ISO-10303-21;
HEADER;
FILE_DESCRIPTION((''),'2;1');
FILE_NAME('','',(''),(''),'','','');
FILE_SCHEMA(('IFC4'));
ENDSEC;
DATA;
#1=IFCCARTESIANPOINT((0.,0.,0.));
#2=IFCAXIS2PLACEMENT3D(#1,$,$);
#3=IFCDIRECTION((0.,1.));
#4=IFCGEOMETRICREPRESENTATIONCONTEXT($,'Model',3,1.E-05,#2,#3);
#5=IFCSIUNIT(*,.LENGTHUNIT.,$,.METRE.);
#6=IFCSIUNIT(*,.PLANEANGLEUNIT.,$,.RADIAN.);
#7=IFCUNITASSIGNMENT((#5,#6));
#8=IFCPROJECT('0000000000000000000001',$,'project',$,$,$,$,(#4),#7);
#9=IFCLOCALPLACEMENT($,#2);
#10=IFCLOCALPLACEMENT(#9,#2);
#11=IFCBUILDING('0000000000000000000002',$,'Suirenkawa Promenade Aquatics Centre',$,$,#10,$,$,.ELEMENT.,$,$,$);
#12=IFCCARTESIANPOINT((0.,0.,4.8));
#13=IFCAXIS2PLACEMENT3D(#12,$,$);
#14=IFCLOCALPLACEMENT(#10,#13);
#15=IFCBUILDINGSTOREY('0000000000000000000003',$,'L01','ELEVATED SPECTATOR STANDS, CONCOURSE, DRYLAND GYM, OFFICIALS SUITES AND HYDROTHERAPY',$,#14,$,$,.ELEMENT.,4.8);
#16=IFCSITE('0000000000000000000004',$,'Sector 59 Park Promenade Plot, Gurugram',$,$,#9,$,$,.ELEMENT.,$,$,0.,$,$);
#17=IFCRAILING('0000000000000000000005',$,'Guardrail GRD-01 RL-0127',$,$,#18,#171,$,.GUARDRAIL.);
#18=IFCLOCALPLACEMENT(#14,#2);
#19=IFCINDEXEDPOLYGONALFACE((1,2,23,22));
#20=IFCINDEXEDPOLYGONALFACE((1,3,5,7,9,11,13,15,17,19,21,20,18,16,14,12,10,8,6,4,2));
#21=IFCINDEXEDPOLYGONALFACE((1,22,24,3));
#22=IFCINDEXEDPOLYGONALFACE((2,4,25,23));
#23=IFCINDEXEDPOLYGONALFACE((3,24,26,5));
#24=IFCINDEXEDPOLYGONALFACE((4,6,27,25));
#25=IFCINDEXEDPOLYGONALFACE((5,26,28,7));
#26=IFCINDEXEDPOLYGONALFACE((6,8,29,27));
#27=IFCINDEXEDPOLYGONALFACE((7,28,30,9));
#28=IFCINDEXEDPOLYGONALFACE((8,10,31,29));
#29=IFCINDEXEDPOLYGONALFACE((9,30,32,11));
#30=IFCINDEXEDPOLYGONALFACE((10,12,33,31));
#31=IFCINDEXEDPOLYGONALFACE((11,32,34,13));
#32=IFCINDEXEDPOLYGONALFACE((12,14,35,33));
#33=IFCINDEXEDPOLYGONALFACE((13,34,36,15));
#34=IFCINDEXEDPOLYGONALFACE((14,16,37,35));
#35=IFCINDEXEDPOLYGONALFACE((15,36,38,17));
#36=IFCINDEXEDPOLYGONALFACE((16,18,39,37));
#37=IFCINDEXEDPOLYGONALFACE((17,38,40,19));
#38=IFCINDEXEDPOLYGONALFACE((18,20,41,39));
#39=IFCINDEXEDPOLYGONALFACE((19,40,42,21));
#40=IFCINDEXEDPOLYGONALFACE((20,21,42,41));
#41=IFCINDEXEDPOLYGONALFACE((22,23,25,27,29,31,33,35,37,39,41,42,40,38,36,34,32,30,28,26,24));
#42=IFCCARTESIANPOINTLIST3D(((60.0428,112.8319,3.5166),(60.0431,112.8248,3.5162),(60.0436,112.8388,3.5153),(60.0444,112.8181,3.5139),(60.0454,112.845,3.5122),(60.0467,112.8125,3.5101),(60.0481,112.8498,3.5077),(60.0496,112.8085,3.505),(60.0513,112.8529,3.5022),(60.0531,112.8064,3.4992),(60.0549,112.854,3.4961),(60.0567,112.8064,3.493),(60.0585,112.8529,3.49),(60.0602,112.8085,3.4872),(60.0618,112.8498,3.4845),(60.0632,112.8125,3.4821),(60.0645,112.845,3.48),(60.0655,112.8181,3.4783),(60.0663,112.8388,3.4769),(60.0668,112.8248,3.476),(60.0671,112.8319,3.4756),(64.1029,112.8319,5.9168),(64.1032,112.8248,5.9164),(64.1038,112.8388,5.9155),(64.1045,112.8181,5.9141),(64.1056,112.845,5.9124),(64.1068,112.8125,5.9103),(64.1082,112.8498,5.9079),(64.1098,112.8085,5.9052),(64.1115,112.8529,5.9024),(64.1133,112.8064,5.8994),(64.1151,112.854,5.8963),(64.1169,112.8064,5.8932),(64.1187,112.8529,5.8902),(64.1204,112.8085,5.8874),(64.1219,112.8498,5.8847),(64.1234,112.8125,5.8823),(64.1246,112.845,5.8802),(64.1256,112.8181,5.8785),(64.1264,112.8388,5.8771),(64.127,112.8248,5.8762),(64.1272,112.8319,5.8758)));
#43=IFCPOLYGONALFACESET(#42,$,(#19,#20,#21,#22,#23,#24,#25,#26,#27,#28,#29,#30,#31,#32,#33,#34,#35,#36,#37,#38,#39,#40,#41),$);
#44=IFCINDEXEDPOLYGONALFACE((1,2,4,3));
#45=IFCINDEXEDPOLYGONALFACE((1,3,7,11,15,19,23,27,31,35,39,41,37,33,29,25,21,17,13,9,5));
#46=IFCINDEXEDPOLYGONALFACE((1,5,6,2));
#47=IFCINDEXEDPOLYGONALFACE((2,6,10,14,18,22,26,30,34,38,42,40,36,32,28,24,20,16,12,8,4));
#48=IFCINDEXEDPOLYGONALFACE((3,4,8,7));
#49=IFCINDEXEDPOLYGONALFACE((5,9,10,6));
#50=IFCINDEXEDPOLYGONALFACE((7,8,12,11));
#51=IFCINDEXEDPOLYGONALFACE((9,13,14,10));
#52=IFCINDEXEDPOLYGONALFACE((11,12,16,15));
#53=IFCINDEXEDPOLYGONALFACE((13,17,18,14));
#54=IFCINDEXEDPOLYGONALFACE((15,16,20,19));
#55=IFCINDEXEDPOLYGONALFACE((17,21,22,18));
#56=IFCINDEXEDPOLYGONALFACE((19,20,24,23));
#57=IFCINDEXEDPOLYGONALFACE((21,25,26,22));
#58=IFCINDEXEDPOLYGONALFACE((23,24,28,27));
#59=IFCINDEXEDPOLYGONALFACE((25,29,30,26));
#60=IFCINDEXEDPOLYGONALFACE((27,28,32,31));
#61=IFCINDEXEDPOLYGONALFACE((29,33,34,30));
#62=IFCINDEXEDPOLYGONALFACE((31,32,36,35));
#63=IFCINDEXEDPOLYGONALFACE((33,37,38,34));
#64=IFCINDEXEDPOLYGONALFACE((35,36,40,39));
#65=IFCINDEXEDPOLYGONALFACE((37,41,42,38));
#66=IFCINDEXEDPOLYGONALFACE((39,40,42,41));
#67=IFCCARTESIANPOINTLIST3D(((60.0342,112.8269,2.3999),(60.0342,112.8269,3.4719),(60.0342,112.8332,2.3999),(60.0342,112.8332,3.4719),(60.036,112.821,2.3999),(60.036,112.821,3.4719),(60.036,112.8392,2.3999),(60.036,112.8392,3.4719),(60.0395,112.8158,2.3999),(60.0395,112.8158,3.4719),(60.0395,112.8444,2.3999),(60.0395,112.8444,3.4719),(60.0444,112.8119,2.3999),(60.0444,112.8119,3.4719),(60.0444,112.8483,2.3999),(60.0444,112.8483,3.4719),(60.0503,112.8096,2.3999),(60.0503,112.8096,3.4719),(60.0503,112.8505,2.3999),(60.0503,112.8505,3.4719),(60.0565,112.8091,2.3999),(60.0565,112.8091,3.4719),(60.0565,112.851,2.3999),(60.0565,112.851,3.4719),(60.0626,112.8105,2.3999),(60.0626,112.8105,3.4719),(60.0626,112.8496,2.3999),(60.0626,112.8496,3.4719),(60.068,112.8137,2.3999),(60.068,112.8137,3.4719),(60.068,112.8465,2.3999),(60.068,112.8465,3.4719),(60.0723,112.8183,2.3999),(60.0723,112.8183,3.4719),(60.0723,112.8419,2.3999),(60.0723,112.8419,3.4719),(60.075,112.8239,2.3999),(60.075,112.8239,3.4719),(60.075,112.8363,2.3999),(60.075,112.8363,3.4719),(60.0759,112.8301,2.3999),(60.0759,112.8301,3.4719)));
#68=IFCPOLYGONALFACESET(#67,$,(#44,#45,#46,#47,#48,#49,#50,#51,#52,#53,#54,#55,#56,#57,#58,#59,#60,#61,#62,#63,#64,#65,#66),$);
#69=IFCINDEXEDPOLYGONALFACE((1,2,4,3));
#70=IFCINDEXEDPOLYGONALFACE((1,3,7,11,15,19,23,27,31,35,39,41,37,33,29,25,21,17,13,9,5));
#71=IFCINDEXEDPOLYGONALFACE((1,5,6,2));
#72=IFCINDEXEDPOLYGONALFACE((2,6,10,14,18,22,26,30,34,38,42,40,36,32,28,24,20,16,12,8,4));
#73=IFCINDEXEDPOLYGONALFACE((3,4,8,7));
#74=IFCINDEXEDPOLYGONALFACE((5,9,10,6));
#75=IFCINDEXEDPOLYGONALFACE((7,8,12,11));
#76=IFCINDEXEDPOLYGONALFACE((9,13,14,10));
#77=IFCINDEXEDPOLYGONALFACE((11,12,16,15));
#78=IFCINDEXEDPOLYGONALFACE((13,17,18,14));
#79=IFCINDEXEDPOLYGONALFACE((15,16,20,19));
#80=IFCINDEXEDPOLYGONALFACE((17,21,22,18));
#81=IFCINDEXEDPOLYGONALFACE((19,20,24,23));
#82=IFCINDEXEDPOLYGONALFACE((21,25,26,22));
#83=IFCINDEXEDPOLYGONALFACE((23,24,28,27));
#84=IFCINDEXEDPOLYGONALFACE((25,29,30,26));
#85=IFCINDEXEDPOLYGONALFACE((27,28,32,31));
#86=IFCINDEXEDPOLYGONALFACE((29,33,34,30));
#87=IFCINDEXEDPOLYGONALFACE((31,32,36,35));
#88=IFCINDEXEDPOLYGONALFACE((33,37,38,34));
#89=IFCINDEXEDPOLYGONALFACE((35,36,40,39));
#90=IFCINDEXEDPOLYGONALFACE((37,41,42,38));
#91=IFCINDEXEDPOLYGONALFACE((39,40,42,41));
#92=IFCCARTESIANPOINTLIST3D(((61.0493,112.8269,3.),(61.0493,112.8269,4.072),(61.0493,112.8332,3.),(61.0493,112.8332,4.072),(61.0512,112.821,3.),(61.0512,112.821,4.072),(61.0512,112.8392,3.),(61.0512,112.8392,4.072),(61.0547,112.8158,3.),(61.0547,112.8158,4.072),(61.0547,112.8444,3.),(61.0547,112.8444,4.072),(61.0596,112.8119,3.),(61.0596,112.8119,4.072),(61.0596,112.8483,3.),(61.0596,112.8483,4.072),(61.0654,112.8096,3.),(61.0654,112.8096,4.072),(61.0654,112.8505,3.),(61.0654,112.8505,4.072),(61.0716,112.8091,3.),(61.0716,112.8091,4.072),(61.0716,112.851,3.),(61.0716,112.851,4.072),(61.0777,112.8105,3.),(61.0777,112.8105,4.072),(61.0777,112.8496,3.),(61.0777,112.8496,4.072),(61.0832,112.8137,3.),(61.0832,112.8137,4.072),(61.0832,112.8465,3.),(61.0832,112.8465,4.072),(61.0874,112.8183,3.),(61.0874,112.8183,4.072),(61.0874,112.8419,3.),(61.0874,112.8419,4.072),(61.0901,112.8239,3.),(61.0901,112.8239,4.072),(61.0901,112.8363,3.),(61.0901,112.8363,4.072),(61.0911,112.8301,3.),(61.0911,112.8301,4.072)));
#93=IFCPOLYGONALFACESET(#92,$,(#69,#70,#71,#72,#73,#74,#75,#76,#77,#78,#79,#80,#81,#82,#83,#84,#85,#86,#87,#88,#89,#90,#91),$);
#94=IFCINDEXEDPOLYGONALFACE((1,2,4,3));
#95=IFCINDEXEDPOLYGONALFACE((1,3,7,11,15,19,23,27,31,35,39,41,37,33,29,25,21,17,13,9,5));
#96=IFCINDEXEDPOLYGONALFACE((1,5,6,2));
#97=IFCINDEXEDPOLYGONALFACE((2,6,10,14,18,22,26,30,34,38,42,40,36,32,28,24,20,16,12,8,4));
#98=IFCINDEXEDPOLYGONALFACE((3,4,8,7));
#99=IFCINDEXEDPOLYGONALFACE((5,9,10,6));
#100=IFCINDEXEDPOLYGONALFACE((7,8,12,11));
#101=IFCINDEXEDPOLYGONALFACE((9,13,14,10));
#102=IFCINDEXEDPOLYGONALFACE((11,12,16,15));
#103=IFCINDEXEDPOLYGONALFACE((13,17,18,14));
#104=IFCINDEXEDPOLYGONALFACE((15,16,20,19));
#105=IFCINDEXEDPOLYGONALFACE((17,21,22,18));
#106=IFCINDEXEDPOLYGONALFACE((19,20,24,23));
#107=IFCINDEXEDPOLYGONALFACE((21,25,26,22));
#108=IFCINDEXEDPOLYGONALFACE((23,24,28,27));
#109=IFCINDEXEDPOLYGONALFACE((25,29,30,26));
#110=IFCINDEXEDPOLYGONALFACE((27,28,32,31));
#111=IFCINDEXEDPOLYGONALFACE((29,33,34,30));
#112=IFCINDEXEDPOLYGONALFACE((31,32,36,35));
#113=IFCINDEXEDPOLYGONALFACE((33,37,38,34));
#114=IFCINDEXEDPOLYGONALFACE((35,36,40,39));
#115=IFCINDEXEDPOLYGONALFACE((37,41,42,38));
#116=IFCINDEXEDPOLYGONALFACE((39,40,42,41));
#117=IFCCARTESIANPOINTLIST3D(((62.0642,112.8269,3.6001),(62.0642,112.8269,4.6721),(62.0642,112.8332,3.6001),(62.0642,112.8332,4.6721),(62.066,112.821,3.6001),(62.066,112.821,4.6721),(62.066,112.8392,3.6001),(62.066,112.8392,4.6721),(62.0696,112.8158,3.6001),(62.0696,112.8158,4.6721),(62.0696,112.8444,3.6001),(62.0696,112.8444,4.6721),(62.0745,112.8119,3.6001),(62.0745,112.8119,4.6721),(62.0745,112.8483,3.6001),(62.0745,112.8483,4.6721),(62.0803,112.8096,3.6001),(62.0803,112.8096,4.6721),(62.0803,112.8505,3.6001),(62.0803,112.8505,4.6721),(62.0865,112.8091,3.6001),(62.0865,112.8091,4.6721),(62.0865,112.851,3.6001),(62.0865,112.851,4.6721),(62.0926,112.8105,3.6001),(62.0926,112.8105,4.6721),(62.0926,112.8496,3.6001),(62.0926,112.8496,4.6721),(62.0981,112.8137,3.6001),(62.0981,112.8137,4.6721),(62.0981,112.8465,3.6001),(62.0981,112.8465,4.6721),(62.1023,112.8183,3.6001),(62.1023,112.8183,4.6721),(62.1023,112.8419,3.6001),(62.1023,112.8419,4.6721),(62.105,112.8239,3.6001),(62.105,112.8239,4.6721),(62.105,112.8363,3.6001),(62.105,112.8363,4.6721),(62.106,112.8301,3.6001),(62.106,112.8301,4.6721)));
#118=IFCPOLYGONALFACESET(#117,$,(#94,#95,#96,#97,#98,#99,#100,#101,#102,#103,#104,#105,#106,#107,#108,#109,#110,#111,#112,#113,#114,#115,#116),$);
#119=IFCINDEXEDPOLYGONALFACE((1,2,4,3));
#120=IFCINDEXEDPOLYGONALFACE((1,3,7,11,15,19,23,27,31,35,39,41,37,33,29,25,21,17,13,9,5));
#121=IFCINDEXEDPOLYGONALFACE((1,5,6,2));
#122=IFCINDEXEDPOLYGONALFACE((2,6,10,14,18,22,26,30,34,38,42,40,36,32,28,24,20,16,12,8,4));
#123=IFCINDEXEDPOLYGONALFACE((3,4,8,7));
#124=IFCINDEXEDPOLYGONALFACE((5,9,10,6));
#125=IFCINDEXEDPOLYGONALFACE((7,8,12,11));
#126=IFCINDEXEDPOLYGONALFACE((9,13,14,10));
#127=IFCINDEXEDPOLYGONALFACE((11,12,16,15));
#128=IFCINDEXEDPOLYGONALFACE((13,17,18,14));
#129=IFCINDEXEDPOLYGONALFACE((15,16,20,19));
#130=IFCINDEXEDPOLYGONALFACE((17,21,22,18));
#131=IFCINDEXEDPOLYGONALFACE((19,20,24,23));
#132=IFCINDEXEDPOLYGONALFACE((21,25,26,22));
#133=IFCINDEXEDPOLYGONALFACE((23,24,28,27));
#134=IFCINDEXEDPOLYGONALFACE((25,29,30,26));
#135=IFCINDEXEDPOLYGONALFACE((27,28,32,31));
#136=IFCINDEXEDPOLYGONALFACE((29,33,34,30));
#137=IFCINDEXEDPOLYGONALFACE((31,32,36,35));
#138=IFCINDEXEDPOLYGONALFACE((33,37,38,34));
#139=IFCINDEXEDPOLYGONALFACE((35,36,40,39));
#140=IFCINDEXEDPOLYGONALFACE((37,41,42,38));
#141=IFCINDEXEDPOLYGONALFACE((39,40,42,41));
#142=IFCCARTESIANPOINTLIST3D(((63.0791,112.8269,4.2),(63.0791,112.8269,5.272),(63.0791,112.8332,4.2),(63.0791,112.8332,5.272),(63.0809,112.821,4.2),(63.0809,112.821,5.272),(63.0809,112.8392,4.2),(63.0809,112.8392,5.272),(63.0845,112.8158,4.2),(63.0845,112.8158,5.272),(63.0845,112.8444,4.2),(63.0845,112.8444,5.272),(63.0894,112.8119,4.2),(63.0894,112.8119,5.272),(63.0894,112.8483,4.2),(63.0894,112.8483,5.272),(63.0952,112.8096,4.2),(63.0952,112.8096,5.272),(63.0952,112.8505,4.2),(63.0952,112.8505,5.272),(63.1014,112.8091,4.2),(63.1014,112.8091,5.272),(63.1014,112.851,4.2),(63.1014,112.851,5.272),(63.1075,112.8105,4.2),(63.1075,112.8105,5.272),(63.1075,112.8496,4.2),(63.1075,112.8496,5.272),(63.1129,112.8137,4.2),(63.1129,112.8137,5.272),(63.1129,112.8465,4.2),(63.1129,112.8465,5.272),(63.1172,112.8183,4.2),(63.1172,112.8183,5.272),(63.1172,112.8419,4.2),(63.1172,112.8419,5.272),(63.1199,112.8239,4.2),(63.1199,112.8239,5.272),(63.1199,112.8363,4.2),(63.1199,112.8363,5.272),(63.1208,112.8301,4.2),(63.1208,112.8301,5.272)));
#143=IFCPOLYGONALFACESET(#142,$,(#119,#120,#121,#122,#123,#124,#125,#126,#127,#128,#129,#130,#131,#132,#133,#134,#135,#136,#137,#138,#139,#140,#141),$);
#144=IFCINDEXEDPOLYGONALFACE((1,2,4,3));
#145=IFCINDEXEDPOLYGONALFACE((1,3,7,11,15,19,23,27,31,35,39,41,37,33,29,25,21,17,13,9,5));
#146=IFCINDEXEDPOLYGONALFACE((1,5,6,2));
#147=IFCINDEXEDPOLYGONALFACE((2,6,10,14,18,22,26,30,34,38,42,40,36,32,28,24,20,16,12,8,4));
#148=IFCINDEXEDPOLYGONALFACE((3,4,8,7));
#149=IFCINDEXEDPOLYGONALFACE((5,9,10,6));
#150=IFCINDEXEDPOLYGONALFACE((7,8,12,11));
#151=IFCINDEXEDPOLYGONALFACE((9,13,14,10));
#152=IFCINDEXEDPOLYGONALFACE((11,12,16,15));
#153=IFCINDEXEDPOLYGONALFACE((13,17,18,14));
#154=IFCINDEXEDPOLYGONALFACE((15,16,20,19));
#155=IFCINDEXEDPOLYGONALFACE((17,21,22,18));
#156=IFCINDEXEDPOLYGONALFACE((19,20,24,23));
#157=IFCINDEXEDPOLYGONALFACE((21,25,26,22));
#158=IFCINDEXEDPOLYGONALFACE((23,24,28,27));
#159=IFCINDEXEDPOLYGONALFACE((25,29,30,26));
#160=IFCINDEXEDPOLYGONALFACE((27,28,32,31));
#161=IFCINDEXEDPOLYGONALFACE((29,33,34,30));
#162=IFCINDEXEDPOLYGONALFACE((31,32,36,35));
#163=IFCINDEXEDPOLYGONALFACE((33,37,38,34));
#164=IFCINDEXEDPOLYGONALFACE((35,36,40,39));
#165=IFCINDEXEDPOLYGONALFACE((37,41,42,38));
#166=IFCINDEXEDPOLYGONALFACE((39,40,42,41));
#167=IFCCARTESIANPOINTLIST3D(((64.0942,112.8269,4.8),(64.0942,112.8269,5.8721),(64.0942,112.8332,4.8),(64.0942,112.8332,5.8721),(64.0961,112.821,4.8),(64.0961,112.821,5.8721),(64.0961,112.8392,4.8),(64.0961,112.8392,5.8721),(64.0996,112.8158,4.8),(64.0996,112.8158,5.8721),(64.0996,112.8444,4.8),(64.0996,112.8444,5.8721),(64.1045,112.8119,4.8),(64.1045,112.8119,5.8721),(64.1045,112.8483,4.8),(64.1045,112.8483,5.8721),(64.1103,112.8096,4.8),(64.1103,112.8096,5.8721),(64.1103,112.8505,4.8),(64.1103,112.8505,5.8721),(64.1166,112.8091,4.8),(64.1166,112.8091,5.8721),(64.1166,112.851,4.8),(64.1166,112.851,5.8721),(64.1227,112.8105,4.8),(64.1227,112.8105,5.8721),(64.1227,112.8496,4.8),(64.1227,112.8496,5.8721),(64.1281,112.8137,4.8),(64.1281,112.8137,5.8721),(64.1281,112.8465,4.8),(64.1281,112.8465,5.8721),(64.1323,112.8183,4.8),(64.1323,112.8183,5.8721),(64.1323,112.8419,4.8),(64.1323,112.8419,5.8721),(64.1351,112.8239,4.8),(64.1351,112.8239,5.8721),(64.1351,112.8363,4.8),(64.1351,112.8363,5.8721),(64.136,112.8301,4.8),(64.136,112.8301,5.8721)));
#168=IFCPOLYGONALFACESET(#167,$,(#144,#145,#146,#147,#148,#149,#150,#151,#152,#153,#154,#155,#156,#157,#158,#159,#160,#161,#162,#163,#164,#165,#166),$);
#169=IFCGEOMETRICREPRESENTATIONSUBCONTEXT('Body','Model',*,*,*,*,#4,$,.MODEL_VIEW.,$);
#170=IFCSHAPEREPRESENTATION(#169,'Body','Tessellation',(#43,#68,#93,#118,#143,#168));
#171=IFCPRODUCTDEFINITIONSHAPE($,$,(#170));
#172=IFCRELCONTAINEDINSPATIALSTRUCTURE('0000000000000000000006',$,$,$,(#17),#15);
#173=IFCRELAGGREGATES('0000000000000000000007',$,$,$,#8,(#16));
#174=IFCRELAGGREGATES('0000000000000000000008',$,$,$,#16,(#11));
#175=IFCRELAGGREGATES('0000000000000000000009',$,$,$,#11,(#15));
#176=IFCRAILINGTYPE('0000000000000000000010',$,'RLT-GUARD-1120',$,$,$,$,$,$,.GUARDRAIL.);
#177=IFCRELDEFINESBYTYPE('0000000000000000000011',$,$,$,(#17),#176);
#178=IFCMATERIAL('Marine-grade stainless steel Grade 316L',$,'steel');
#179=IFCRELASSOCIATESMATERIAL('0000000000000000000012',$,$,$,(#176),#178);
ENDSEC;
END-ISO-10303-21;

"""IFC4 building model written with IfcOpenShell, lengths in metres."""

from ifc_helpers import new_model, si_unit, direction, frame, origin, origin_2d, place, context, subcontext, project, spatial, circle, extrude, material, type_object, element, save


model = new_model("IFC4")

# Units and contexts
model_context = context("Model", 3, precision=1e-05, world=origin(), true_north=direction((0.0, 1.0)))
body_context = subcontext(model_context, "Body", "Model", "MODEL_VIEW")
ifc_project = project(units=[si_unit("LENGTHUNIT", "METRE"), si_unit("PLANEANGLEUNIT", "RADIAN")], contexts=[model_context])

# Site, building, storey
site_placement = place(None, origin())
site = spatial("IfcSite", under=ifc_project, at=site_placement, Name="Sector 59 Park Promenade Plot, Gurugram", CompositionType="ELEMENT", RefElevation=0.0)
building_placement = place(site_placement, origin())
building = spatial("IfcBuilding", under=site, at=building_placement, Name="Suirenkawa Promenade Aquatics Centre", CompositionType="ELEMENT")
storey_placement = place(building_placement, frame((0.0, 0.0, 4.8)))
storey = spatial("IfcBuildingStorey", under=building, at=storey_placement, Name="L01", Description="ELEVATED SPECTATOR STANDS, CONCOURSE, DRYLAND GYM, OFFICIALS SUITES AND HYDROTHERAPY", CompositionType="ELEMENT", Elevation=4.8)

# Railing
ifc_material_1 = material(Name="Marine-grade stainless steel Grade 316L", Category="steel")
railing_type_1 = type_object("IfcRailingType", Name="RLT-GUARD-1120", PredefinedType="GUARDRAIL", material=ifc_material_1)
for number, where, name in (
    (1, (60.0549, 112.8301, 2.3999), "Guardrail GRD-01 RL-0127"),
):
    element("IfcRailing", number, at=place(storey_placement, frame(where)), inside=storey, type_object=railing_type_1, Name=name, PredefinedType="GUARDRAIL", context=body_context, shape_type="SweptSolid", body=[
        extrude(circle(Radius=0.0239, at=origin_2d()), frame((0.0, 0.0, 1.0962), z_axis=(0.860832, 0.0, 0.50889), x_axis=(0.0, 1.0, 0.0)), (0.0, 0.0, 1.0), 4.7166),
        extrude(circle(Radius=0.021, at=origin_2d()), origin(), (0.0, 0.0, 1.0), 1.072),
        extrude(circle(Radius=0.021, at=origin_2d()), frame((1.0151, 0.0, 0.6001)), (0.0, 0.0, 1.0), 1.072),
        extrude(circle(Radius=0.021, at=origin_2d()), frame((2.03, 0.0, 1.2002)), (0.0, 0.0, 1.0), 1.072),
        extrude(circle(Radius=0.021, at=origin_2d()), frame((3.0449, 0.0, 1.8)), (0.0, 0.0, 1.0), 1.072),
        extrude(circle(Radius=0.021, at=origin_2d()), frame((4.0601, 0.0, 2.4001)), (0.0, 0.0, 1.0), 1.072),
    ])

save(model, "model.ifc")
